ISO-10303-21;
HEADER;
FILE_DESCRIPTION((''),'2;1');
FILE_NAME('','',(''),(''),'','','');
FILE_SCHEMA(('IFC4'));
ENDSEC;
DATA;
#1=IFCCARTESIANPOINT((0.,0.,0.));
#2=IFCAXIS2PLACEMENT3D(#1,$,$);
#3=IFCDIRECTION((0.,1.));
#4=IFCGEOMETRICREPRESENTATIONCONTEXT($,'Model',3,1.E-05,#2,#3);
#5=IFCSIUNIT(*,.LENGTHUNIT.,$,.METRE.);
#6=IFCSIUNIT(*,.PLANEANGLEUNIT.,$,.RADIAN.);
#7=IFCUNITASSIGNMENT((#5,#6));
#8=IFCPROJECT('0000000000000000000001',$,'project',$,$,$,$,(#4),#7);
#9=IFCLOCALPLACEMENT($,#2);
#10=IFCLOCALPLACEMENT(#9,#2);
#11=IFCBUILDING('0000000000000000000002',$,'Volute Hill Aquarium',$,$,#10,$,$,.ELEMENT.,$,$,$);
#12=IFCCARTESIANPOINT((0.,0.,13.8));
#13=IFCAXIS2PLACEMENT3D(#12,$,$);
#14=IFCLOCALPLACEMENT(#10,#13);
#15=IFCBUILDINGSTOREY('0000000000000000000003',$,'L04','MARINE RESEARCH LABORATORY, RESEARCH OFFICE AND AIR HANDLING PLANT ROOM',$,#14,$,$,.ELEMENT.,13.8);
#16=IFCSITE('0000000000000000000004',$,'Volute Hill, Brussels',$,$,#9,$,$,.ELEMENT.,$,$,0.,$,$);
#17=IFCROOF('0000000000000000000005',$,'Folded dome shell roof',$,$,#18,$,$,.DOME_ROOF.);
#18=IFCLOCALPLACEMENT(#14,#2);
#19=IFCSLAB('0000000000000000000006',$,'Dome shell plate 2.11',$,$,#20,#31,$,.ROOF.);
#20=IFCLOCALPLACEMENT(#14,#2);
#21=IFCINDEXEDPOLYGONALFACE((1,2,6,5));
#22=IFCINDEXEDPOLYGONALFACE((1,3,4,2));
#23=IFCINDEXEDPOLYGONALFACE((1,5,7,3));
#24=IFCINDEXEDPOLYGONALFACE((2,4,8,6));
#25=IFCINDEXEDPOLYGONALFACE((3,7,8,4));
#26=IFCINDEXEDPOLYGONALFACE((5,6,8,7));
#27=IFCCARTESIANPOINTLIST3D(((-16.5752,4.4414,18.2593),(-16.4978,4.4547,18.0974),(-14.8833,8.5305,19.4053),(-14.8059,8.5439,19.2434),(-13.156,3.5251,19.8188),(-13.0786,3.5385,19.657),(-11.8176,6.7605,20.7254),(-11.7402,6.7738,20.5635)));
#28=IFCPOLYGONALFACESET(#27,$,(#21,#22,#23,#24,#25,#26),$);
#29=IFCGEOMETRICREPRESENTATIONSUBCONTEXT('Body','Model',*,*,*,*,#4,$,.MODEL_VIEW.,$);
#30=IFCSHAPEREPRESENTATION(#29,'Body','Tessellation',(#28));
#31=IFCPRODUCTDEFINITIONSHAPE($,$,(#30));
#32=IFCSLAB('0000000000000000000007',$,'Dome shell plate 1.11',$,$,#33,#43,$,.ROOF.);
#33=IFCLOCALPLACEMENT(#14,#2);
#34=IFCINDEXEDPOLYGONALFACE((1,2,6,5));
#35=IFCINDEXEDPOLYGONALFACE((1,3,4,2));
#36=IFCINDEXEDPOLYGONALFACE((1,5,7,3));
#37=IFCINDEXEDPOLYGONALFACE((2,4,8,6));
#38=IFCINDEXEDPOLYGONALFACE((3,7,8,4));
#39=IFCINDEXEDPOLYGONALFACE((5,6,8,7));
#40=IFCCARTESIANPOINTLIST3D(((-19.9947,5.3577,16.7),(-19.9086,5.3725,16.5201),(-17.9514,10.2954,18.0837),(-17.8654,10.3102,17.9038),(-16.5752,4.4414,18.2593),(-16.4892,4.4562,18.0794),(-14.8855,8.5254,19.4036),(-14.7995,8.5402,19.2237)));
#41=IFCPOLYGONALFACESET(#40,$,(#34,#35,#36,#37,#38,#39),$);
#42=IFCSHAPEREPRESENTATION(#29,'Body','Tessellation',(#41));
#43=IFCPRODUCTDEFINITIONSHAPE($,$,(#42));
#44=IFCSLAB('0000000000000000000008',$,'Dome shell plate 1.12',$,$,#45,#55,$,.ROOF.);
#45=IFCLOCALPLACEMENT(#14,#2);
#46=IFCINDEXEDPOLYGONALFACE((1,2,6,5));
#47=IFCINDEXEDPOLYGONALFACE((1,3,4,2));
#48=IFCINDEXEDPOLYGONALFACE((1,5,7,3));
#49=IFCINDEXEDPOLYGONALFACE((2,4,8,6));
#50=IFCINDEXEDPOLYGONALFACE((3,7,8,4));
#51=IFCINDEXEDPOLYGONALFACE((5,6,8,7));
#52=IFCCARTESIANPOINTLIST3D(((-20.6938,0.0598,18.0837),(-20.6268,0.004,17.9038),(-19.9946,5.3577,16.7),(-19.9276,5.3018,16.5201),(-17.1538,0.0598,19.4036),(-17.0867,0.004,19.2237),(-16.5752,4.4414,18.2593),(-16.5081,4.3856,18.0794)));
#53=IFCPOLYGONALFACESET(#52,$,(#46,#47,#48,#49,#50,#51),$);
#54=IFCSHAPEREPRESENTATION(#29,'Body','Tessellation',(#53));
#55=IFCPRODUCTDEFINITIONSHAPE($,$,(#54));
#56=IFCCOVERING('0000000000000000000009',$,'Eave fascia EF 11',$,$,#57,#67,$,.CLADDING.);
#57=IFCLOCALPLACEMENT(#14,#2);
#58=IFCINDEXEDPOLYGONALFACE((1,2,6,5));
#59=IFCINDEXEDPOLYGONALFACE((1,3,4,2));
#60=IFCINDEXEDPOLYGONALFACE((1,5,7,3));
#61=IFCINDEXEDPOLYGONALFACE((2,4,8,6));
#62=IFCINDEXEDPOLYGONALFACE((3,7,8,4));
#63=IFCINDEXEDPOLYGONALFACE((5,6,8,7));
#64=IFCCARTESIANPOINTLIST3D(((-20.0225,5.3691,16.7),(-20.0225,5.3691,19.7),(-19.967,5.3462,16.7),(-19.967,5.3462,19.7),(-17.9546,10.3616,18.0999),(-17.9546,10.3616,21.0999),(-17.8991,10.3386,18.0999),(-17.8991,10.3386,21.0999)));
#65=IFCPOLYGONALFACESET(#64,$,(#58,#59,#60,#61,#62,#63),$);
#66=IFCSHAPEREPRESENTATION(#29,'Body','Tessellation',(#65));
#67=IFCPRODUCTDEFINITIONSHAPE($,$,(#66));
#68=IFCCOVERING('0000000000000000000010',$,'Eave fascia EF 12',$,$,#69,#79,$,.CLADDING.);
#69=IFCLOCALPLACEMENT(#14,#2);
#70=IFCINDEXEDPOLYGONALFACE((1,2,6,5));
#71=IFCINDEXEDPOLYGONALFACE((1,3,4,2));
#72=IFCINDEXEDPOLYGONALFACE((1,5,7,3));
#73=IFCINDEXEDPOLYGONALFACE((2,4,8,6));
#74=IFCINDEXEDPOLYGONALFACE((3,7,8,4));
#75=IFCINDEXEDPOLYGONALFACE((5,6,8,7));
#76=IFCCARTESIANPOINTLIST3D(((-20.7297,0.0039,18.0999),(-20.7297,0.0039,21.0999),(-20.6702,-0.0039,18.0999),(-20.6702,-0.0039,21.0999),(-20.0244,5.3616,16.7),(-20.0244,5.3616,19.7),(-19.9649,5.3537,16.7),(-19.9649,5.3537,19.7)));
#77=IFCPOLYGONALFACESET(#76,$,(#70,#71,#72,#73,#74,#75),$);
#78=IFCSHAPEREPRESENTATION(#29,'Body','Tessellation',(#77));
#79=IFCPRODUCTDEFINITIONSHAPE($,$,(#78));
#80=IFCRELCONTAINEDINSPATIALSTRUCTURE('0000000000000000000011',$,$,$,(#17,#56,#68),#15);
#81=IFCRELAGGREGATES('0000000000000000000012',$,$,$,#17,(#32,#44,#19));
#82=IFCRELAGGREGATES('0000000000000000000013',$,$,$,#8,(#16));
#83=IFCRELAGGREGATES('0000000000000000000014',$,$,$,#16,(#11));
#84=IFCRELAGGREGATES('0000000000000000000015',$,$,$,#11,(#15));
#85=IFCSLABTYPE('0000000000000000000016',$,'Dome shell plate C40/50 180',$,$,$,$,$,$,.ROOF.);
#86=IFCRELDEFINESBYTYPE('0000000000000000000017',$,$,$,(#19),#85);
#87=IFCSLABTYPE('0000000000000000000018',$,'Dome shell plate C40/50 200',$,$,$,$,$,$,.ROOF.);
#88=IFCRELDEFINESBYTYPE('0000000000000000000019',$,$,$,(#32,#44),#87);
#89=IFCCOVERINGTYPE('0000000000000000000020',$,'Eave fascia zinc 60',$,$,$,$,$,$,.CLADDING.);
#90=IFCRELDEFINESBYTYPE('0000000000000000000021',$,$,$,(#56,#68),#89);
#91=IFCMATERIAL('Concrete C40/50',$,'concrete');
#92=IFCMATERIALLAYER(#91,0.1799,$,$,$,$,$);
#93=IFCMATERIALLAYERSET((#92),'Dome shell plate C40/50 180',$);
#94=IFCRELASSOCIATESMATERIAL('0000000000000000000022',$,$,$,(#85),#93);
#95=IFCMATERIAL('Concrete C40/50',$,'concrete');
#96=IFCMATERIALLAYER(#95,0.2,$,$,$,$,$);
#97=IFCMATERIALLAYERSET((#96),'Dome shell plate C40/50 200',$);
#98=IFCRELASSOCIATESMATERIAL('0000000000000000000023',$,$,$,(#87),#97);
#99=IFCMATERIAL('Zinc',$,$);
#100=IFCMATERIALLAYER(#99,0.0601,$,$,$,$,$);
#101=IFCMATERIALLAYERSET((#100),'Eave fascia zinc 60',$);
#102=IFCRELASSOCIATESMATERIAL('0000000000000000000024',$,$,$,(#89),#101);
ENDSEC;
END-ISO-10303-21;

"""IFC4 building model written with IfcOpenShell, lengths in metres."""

from ifc_helpers import new_model, si_unit, direction, frame, origin, place, context, subcontext, project, spatial, polyline, outline, extrude, material, layer, layer_set, type_object, element, aggregate, save


model = new_model("IFC4")

# Units and contexts
model_context = context("Model", 3, precision=1e-05, world=origin(), true_north=direction((0.0, 1.0)))
body_context = subcontext(model_context, "Body", "Model", "MODEL_VIEW")
ifc_project = project(units=[si_unit("LENGTHUNIT", "METRE"), si_unit("PLANEANGLEUNIT", "RADIAN")], contexts=[model_context])

# Site, building, storey
site_placement = place(None, origin())
site = spatial("IfcSite", under=ifc_project, at=site_placement, Name="Volute Hill, Brussels", CompositionType="ELEMENT", RefElevation=0.0)
building_placement = place(site_placement, origin())
building = spatial("IfcBuilding", under=site, at=building_placement, Name="Volute Hill Aquarium", CompositionType="ELEMENT")
storey_placement = place(building_placement, frame((0.0, 0.0, 13.8)))
storey = spatial("IfcBuildingStorey", under=building, at=storey_placement, Name="L04", Description="MARINE RESEARCH LABORATORY, RESEARCH OFFICE AND AIR HANDLING PLANT ROOM", CompositionType="ELEMENT", Elevation=13.8)

# Roof, slabs
roof_placement = place(storey_placement, origin())
roof = element("IfcRoof", 1, at=roof_placement, inside=storey, Name="Folded dome shell roof", PredefinedType="DOME_ROOF")
ifc_material_1 = material(Name="Concrete C40/50", Category="concrete")
ifc_layer_1 = layer(ifc_material_1, 0.1799)
ifc_layer_set_1 = layer_set([ifc_layer_1], Name="Dome shell plate C40/50 180")
slab_type_1 = type_object("IfcSlabType", Name="Dome shell plate C40/50 180", PredefinedType="ROOF", material=ifc_layer_set_1)
slab_1_placement = place(storey_placement, frame((-14.8833, 8.5305, 19.4053), z_axis=(-0.430213, -0.074124, 0.899679), x_axis=(-0.370118, -0.894522, -0.250684)))
slab_1 = element("IfcSlab", 2, at=slab_1_placement, type_object=slab_type_1, Name="Dome shell plate 2.11", PredefinedType="ROOF", context=body_context, shape_type="SweptSolid", body=[
    extrude(outline(polyline([(0.0, 0.0), (4.5713, 0.0), (3.7344, 3.7765), (0.1177, 3.7762), (0.0, 0.0)])), origin(), (0.0, 0.0, -1.0), 0.1799),
])
ifc_material_2 = material(Name="Concrete C40/50", Category="concrete")
ifc_layer_2 = layer(ifc_material_2, 0.2)
ifc_layer_set_2 = layer_set([ifc_layer_2], Name="Dome shell plate C40/50 200")
slab_type_2 = type_object("IfcSlabType", Name="Dome shell plate C40/50 200", PredefinedType="ROOF", material=ifc_layer_set_2)
slab_2_placement = place(storey_placement, frame((-17.9514, 10.2954, 18.0837), z_axis=(-0.430136, -0.074142, 0.899715), x_axis=(-0.370149, -0.894512, -0.250674)))
slab_2 = element("IfcSlab", 3, at=slab_2_placement, type_object=slab_type_2, Name="Dome shell plate 1.11", PredefinedType="ROOF", context=body_context, shape_type="SweptSolid", body=[
    extrude(outline(polyline([(0.0, 0.0), (5.52, 0.0), (4.6831, 3.7766), (0.1176, 3.7764), (0.0, 0.0)])), origin(), (0.0, 0.0, -1.0), 0.2),
])
slab_3_placement = place(storey_placement, frame((-19.9946, 5.3577, 16.7), z_axis=(-0.335446, 0.279271, 0.899713), x_axis=(-0.126667, -0.959747, 0.250679)))
slab_3 = element("IfcSlab", 4, at=slab_3_placement, type_object=slab_type_2, Name="Dome shell plate 1.12", PredefinedType="ROOF", context=body_context, shape_type="SweptSolid", body=[
    extrude(outline(polyline([(0.0, 0.0), (5.5201, 0.0), (5.4025, 3.7762), (0.8371, 3.7766), (0.0, 0.0)])), origin(), (0.0, 0.0, -1.0), 0.2),
])
aggregate(roof, [slab_2, slab_3, slab_1])

# Coverings
ifc_material_3 = material(Name="Zinc")
ifc_layer_3 = layer(ifc_material_3, 0.0601)
ifc_layer_set_3 = layer_set([ifc_layer_3], Name="Eave fascia zinc 60")
covering_type = type_object("IfcCoveringType", Name="Eave fascia zinc 60", PredefinedType="CLADDING", material=ifc_layer_set_3)
covering_1_placement = place(storey_placement, frame((-17.9546, 10.3616, 18.0999), z_axis=(-0.923884, 0.382674, 0.0), x_axis=(-0.370445, -0.894359, -0.250783)))
element("IfcCovering", 5, at=covering_1_placement, inside=storey, type_object=covering_type, Name="Eave fascia EF 11", PredefinedType="CLADDING", context=body_context, shape_type="SweptSolid", body=[
    extrude(outline(polyline([(0.0, 0.0), (5.5821, 0.0), (4.8298, 2.9041), (-0.7523, 2.9041), (0.0, 0.0)])), origin(), (0.0, 0.0, -1.0), 0.0601),
])
covering_2_placement = place(storey_placement, frame((-20.0244, 5.3616, 16.7), z_axis=(-0.991446, 0.130521, 0.0), x_axis=(-0.12635, -0.959764, 0.250776)))
element("IfcCovering", 6, at=covering_2_placement, inside=storey, type_object=covering_type, Name="Eave fascia EF 12", PredefinedType="CLADDING", context=body_context, shape_type="SweptSolid", body=[
    extrude(outline(polyline([(0.0, 0.0), (5.5823, 0.0), (6.3346, 2.9041), (0.7523, 2.9041), (0.0, 0.0)])), origin(), (0.0, 0.0, -1.0), 0.0601),
])

save(model, "model.ifc")
